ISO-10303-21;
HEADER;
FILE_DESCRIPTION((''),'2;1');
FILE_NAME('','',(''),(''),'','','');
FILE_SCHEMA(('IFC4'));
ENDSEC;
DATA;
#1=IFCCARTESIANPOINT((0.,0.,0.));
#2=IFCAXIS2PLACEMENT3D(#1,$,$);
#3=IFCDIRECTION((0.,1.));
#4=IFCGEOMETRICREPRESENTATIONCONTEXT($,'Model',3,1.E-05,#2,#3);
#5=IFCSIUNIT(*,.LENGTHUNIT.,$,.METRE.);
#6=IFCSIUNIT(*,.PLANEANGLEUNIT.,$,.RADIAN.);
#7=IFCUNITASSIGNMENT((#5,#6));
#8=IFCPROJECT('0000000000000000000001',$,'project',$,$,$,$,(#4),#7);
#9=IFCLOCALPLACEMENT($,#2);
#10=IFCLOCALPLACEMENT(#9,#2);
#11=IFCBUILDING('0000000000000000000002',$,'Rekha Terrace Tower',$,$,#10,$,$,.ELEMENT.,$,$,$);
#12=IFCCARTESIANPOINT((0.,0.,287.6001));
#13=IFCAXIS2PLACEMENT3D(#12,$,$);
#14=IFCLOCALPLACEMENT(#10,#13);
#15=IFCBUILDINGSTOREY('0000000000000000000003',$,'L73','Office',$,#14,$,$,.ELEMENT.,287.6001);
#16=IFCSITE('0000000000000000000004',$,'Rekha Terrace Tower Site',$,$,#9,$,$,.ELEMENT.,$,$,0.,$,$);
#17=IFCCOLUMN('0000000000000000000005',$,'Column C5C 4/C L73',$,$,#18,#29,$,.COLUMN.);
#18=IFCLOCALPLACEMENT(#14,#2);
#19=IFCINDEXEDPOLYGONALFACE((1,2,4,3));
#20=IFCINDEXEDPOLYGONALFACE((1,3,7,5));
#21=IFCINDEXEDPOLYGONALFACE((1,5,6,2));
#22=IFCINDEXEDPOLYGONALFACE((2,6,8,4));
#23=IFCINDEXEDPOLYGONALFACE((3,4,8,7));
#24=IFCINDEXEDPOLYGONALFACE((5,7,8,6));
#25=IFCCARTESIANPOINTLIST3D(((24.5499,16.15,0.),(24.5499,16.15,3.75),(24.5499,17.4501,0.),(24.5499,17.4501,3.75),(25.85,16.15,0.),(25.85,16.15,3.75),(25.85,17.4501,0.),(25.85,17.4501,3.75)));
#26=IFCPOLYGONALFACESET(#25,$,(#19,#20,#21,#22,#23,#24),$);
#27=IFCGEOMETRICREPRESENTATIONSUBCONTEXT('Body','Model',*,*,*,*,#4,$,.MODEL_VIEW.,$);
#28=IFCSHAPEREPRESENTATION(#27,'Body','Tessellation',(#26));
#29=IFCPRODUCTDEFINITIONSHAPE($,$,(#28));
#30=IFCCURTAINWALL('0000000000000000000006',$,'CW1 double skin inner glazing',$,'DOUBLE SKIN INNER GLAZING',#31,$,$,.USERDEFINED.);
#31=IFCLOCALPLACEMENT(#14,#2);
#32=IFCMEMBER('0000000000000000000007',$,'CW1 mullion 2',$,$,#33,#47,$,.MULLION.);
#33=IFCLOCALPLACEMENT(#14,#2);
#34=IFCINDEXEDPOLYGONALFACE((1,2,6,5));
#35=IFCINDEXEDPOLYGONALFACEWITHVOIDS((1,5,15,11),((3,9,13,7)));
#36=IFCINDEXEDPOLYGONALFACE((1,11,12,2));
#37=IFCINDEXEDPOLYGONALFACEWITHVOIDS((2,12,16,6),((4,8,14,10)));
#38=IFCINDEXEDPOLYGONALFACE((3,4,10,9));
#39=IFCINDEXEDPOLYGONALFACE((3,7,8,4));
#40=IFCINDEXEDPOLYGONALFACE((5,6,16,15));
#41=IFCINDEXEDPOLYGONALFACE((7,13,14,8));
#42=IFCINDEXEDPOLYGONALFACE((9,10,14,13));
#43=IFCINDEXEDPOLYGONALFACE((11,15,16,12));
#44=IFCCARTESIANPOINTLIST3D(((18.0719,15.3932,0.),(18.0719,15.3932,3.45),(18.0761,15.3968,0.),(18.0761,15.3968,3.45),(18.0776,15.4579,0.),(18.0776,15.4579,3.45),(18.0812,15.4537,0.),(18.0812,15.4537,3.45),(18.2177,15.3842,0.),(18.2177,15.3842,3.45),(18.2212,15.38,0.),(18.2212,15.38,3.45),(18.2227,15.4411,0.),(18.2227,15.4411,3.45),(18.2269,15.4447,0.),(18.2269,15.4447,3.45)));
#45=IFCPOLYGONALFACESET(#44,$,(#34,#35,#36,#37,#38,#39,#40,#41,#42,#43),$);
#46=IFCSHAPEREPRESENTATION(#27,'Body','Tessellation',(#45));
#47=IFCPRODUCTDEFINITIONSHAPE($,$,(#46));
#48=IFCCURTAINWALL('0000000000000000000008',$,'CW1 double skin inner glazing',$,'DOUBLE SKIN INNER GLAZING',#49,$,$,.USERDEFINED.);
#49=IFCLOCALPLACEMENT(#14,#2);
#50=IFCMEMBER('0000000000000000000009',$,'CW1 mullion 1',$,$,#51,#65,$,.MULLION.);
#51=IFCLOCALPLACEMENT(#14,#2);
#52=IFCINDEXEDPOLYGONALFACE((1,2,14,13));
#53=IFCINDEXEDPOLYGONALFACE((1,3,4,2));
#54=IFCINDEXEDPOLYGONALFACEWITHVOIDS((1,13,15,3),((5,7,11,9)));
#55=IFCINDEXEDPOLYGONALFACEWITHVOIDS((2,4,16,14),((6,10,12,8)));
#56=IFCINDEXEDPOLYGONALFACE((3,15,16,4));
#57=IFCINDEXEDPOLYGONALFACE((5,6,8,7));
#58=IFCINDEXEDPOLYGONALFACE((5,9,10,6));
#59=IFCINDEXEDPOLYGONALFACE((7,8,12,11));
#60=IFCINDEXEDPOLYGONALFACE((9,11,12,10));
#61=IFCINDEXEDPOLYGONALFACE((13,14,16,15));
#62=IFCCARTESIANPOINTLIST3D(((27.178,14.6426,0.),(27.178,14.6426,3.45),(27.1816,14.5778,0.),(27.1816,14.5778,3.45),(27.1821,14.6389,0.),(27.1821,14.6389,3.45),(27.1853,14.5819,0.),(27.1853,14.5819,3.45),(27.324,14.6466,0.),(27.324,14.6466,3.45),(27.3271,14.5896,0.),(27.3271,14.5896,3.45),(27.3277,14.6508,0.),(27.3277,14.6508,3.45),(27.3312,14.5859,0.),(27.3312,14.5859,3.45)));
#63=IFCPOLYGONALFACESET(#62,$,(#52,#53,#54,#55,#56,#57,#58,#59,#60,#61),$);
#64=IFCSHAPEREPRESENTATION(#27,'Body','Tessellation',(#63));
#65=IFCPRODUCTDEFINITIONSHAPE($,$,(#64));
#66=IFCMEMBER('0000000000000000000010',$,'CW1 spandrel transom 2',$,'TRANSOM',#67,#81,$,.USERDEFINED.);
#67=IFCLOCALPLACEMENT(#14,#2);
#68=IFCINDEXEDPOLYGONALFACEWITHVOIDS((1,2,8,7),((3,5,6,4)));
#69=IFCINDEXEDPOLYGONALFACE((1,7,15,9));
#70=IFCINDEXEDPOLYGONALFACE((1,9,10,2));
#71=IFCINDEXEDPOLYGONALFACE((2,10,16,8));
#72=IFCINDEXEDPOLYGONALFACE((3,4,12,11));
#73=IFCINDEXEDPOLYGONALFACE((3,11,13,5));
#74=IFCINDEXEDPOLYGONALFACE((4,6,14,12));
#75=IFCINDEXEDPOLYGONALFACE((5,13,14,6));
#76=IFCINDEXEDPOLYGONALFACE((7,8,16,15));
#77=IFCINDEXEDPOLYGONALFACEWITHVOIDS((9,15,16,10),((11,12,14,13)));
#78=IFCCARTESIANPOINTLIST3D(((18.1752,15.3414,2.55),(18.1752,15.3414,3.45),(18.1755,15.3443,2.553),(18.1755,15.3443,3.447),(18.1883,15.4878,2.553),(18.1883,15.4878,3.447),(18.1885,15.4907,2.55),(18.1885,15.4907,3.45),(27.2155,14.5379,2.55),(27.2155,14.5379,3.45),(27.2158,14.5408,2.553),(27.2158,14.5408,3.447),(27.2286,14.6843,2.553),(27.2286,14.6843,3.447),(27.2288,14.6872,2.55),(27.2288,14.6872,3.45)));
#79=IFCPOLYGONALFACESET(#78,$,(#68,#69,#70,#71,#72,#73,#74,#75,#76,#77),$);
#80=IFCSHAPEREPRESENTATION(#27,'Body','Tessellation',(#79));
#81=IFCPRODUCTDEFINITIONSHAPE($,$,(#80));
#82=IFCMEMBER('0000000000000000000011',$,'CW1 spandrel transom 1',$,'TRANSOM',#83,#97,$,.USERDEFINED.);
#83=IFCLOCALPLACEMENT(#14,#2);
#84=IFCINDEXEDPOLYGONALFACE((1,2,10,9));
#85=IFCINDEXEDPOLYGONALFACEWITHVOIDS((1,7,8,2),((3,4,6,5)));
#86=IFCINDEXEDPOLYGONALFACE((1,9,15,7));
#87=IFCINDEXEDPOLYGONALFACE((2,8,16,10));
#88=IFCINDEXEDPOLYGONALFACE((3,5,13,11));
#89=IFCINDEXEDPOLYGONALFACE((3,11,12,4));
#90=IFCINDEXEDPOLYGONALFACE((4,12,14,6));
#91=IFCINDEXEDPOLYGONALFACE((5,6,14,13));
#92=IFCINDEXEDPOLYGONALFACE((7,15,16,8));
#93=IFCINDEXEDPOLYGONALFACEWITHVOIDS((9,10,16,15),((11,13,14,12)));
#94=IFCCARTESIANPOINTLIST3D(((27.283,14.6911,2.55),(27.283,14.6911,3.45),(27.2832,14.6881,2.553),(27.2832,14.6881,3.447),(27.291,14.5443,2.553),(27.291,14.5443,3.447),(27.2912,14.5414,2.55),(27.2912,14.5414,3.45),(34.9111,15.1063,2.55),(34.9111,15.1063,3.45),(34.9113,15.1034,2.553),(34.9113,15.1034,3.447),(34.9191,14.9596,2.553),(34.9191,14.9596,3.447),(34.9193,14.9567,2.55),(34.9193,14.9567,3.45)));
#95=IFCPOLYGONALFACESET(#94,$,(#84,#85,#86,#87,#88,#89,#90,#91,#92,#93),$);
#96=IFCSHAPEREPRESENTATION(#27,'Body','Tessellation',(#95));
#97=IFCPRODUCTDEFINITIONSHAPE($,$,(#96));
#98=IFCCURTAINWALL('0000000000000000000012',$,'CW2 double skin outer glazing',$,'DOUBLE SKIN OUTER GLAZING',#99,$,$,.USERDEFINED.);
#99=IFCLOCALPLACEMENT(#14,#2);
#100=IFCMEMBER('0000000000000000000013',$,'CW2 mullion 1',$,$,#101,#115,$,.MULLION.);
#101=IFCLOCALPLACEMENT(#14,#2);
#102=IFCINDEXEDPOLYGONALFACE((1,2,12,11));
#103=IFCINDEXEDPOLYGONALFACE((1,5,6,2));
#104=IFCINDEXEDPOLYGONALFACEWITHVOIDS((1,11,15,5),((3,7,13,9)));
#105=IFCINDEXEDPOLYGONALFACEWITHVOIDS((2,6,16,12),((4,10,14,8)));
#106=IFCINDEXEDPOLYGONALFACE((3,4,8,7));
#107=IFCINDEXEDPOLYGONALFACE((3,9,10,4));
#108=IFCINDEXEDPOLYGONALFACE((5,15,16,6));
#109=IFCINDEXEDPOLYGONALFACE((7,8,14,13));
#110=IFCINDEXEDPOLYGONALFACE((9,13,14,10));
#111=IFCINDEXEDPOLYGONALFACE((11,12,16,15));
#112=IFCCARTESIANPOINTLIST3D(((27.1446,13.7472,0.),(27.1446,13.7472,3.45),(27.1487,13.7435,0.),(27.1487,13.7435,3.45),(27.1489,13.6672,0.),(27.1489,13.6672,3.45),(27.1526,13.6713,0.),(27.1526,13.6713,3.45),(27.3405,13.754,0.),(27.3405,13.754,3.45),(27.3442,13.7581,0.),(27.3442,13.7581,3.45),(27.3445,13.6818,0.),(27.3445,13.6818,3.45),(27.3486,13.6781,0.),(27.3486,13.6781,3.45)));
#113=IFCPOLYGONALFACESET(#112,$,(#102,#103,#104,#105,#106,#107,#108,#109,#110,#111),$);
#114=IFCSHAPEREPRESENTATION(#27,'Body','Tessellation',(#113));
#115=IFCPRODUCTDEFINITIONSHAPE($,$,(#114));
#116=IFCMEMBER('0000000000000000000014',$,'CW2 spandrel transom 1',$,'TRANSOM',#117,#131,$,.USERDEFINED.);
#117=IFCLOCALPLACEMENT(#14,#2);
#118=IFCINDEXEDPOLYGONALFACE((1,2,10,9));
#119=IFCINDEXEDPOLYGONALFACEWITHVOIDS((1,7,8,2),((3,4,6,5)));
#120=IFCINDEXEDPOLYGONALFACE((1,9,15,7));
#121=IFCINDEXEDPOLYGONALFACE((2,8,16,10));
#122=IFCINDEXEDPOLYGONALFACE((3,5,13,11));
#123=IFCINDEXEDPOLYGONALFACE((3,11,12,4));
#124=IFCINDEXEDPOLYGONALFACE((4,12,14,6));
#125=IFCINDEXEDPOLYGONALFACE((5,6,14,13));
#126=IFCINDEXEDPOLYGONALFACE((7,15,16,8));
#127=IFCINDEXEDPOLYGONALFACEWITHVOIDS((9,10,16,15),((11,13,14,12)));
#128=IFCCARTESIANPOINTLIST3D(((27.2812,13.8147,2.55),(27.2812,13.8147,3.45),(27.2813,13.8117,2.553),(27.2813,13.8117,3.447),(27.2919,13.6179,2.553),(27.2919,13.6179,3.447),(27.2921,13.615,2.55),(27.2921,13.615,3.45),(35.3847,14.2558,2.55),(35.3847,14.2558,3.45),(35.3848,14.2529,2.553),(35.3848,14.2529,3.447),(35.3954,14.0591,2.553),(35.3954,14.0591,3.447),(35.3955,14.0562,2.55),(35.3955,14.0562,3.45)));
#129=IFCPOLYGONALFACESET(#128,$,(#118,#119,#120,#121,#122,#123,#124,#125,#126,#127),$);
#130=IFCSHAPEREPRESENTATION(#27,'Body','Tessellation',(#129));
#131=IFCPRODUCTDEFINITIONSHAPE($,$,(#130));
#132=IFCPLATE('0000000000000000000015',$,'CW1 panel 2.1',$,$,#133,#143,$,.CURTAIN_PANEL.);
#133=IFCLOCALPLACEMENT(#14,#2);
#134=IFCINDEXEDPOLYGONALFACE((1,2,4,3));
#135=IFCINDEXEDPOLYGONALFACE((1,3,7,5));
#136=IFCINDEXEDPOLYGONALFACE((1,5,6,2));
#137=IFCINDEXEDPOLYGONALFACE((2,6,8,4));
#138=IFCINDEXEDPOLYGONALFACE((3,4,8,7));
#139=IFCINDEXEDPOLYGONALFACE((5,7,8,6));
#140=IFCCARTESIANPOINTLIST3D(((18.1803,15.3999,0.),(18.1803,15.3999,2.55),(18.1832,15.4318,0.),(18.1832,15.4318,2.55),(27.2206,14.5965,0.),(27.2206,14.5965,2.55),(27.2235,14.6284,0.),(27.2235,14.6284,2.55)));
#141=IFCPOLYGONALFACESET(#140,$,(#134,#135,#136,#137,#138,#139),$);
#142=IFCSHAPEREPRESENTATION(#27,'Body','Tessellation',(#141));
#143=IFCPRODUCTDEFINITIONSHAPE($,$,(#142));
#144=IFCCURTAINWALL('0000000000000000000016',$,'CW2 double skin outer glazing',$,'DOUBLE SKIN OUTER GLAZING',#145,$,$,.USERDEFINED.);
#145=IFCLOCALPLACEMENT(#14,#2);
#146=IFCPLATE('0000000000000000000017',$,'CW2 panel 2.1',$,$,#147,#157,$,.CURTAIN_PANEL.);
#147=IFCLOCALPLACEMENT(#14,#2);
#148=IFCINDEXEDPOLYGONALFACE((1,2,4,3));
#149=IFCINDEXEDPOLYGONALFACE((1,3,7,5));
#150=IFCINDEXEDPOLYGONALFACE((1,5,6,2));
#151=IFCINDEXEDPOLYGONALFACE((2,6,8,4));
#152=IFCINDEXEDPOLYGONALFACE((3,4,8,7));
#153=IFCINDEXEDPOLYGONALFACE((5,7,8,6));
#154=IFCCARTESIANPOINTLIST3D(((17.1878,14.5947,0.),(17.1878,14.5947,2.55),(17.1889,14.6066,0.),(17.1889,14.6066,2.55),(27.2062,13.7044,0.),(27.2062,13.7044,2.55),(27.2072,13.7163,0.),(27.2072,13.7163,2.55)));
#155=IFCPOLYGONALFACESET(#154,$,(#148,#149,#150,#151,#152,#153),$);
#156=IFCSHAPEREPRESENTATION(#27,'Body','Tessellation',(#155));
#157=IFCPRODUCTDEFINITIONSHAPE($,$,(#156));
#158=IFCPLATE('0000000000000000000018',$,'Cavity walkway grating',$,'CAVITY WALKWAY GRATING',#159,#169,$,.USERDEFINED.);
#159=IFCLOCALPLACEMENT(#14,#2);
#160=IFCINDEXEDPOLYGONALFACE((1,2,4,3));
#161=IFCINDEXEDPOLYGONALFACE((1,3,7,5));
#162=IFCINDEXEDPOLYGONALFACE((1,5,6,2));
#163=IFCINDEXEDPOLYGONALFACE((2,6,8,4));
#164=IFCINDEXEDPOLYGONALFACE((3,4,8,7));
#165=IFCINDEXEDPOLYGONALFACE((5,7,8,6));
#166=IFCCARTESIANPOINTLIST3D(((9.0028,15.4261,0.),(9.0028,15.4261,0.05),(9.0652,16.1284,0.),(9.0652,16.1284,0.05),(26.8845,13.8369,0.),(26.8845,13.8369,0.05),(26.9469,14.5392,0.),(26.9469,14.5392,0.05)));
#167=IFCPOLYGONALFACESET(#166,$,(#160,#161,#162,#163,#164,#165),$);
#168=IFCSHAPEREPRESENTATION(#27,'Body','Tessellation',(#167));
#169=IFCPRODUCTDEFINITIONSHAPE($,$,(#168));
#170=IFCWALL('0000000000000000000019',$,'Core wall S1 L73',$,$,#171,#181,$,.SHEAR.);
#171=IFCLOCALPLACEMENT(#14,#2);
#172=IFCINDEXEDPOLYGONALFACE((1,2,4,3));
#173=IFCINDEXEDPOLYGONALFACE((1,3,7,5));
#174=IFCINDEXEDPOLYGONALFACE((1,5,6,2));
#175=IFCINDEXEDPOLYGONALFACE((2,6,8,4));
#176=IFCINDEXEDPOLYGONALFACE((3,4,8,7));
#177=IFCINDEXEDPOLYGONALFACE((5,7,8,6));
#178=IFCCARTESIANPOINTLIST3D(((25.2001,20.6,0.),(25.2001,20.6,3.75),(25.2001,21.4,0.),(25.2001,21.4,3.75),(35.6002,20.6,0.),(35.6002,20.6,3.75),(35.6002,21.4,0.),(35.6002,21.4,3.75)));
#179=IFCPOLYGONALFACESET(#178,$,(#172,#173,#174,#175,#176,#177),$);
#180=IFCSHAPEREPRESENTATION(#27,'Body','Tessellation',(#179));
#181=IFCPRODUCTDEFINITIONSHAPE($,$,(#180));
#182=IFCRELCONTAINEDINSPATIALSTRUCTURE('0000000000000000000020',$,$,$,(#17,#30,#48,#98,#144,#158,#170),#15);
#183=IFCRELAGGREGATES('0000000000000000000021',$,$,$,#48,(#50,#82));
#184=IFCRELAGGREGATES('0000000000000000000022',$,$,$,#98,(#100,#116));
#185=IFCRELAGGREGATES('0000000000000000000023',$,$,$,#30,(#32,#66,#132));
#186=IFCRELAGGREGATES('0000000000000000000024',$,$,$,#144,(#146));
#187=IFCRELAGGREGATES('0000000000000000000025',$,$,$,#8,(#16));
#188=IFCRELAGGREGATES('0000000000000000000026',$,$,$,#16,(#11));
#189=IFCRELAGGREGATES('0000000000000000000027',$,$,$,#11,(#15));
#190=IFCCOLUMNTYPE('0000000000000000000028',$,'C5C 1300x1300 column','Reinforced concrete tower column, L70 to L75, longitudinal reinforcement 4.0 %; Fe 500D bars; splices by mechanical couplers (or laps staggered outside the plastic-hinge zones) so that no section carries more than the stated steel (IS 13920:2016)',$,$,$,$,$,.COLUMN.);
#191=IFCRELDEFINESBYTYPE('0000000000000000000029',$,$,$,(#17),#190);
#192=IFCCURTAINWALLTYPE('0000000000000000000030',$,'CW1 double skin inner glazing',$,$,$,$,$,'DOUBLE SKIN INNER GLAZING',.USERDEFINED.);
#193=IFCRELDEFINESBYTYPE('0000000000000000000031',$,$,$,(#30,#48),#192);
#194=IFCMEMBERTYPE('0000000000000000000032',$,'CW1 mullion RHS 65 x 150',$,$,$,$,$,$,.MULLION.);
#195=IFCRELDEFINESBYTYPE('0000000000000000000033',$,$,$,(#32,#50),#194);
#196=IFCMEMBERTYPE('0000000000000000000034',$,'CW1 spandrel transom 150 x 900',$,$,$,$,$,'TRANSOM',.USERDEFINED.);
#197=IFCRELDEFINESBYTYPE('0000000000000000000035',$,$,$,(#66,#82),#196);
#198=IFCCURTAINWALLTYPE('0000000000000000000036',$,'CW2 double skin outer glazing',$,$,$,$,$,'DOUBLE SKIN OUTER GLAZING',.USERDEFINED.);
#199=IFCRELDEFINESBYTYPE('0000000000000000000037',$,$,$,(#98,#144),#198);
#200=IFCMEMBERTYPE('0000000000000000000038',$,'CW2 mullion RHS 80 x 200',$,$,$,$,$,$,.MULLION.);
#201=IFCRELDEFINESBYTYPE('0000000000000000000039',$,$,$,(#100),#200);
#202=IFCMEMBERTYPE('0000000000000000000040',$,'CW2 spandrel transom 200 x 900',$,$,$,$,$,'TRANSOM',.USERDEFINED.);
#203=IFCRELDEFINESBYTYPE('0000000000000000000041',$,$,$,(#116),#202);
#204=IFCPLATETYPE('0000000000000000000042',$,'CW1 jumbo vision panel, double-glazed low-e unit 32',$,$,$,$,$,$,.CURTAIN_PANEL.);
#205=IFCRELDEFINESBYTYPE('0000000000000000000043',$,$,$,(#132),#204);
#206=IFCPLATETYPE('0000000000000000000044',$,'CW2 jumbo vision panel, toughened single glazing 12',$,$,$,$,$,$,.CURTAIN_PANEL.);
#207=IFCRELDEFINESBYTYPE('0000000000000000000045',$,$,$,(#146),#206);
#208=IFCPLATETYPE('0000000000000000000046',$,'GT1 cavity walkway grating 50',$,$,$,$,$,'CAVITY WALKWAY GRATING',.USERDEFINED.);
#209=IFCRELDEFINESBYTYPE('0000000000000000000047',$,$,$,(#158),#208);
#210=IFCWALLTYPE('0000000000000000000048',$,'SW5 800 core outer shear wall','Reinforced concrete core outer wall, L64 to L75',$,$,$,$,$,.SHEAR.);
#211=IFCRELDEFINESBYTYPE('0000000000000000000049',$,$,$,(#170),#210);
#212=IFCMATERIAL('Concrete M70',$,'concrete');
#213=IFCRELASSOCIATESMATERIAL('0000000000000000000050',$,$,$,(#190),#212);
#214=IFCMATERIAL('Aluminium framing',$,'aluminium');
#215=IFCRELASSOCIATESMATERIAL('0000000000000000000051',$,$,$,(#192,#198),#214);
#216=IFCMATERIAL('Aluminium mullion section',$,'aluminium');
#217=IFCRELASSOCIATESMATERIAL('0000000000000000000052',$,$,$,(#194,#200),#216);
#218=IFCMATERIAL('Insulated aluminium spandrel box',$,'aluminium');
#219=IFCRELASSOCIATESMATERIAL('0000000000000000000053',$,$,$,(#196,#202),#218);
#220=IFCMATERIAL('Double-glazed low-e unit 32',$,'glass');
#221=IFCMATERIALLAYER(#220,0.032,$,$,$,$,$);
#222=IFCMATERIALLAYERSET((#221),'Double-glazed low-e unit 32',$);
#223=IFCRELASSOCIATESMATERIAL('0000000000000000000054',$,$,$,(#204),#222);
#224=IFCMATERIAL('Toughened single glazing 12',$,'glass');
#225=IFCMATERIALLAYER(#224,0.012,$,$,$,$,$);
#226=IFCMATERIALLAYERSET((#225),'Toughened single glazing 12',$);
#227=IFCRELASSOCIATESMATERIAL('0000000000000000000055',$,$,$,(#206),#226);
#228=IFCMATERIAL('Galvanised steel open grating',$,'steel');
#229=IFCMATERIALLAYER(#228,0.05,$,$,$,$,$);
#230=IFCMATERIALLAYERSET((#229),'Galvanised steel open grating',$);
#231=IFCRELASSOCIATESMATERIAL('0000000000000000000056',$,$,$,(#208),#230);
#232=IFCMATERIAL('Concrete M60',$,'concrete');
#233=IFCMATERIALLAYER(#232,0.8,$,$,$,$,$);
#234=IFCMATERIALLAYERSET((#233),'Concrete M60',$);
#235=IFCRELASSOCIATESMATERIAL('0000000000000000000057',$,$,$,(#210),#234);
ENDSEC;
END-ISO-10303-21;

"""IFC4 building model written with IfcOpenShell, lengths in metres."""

from ifc_helpers import new_model, si_unit, direction, frame, frame_2d, origin, origin_2d, place, context, subcontext, project, spatial, rectangle, hollow_rectangle, extrude, material, layer, layer_set, material_profile, profile_set, type_object, element, aggregate, save


model = new_model("IFC4")

# Units and contexts
model_context = context("Model", 3, precision=1e-05, world=origin(), true_north=direction((0.0, 1.0)))
body_context = subcontext(model_context, "Body", "Model", "MODEL_VIEW")
ifc_project = project(units=[si_unit("LENGTHUNIT", "METRE"), si_unit("PLANEANGLEUNIT", "RADIAN")], contexts=[model_context])

# Site, building, storey
site_placement = place(None, origin())
site = spatial("IfcSite", under=ifc_project, at=site_placement, Name="Rekha Terrace Tower Site", CompositionType="ELEMENT", RefElevation=0.0)
building_placement = place(site_placement, origin())
building = spatial("IfcBuilding", under=site, at=building_placement, Name="Rekha Terrace Tower", CompositionType="ELEMENT")
storey_placement = place(building_placement, frame((0.0, 0.0, 287.6001)))
storey = spatial("IfcBuildingStorey", under=building, at=storey_placement, Name="L73", Description="Office", CompositionType="ELEMENT", Elevation=287.6001)

# Column
ifc_material_1 = material(Name="Concrete M70", Category="concrete")
ifc_material_profile_1 = material_profile(ifc_material_1, rectangle(XDim=1.3, YDim=1.3, at=origin_2d()), Name="RC 1300x1300")
ifc_profile_set_1 = profile_set([ifc_material_profile_1], Name="Concrete M70")
column_type = type_object("IfcColumnType", Name="C5C 1300x1300 column", Description="Reinforced concrete tower column, L70 to L75, longitudinal reinforcement 4.0 %; Fe 500D bars; splices by mechanical couplers (or laps staggered outside the plastic-hinge zones) so that no section carries more than the stated steel (IS 13920:2016)", PredefinedType="COLUMN", material=ifc_profile_set_1)
column_placement = place(storey_placement, frame((25.2, 16.8, 0.0), z_axis=(0.0, 0.0, 1.0), x_axis=(1.0, 0.0, 0.0)))
element("IfcColumn", 1, at=column_placement, inside=storey, type_object=column_type, Name="Column C5C 4/C L73", PredefinedType="COLUMN", context=body_context, shape_type="SweptSolid", body=[
    extrude(rectangle(XDim=1.3, YDim=1.3, at=origin_2d()), origin(), (0.0, 0.0, 1.0), 3.75),
])

# Curtain walls, members
ifc_material_2 = material(Name="Aluminium framing", Category="aluminium")
curtain_wall_type_1 = type_object("IfcCurtainWallType", Name="CW1 double skin inner glazing", ElementType="DOUBLE SKIN INNER GLAZING", PredefinedType="USERDEFINED", material=ifc_material_2)
curtain_wall_1_placement = place(storey_placement, origin())
curtain_wall_1 = element("IfcCurtainWall", 2, at=curtain_wall_1_placement, inside=storey, type_object=curtain_wall_type_1, Name="CW1 double skin inner glazing", ObjectType="DOUBLE SKIN INNER GLAZING", PredefinedType="USERDEFINED")
ifc_material_3 = material(Name="Aluminium mullion section", Category="aluminium")
ifc_material_profile_2 = material_profile(ifc_material_3, hollow_rectangle(XDim=0.0649, YDim=0.1499, WallThickness=0.0039, at=origin_2d()), Name="AL RHS 65x150")
ifc_profile_set_2 = profile_set([ifc_material_profile_2], Name="Aluminium mullion section")
member_type_1 = type_object("IfcMemberType", Name="CW1 mullion RHS 65 x 150", PredefinedType="MULLION", material=ifc_profile_set_2)
member_1_placement = place(storey_placement, frame((18.1494, 15.4189, 0.0), z_axis=(0.0, 0.0, 1.0), x_axis=(0.088522, 0.996074, 0.0)))
member_1 = element("IfcMember", 3, at=member_1_placement, type_object=member_type_1, Name="CW1 mullion 2", PredefinedType="MULLION", context=body_context, shape_type="SweptSolid", body=[
    extrude(hollow_rectangle(XDim=0.0649, YDim=0.1499, WallThickness=0.0039, at=origin_2d()), origin(), (0.0, 0.0, 1.0), 3.45),
])
curtain_wall_2_placement = place(storey_placement, origin())
curtain_wall_2 = element("IfcCurtainWall", 4, at=curtain_wall_2_placement, inside=storey, type_object=curtain_wall_type_1, Name="CW1 double skin inner glazing", ObjectType="DOUBLE SKIN INNER GLAZING", PredefinedType="USERDEFINED")
member_2_placement = place(storey_placement, frame((27.2546, 14.6143, 0.0), z_axis=(0.0, 0.0, 1.0), x_axis=(-0.054389, 0.99852, 0.0)))
member_2 = element("IfcMember", 5, at=member_2_placement, type_object=member_type_1, Name="CW1 mullion 1", PredefinedType="MULLION", context=body_context, shape_type="SweptSolid", body=[
    extrude(hollow_rectangle(XDim=0.0649, YDim=0.1499, WallThickness=0.0039, at=origin_2d()), origin(), (0.0, 0.0, 1.0), 3.45),
])

# Members
ifc_material_4 = material(Name="Insulated aluminium spandrel box", Category="aluminium")
ifc_material_profile_3 = material_profile(ifc_material_4, hollow_rectangle(XDim=0.1499, YDim=0.8999, WallThickness=0.0029, at=origin_2d()), Name="AL SPANDREL BOX 150x900")
ifc_profile_set_3 = profile_set([ifc_material_profile_3], Name="Insulated aluminium spandrel box")
member_type_2 = type_object("IfcMemberType", Name="CW1 spandrel transom 150 x 900", ElementType="TRANSOM", PredefinedType="USERDEFINED", material=ifc_profile_set_3)
member_3_placement = place(storey_placement, frame((18.1819, 15.416, 3.0), z_axis=(0.996074, -0.088527, 0.0), x_axis=(0.088527, 0.996074, 0.0)))
member_3 = element("IfcMember", 6, at=member_3_placement, type_object=member_type_2, Name="CW1 spandrel transom 2", ObjectType="TRANSOM", PredefinedType="USERDEFINED", context=body_context, shape_type="SweptSolid", body=[
    extrude(hollow_rectangle(XDim=0.1499, YDim=0.8999, WallThickness=0.0029, at=origin_2d()), origin(), (0.0, 0.0, 1.0), 9.0759),
])
member_4_placement = place(storey_placement, frame((27.2871, 14.6162, 3.0), z_axis=(0.998521, 0.05436, 0.0), x_axis=(-0.05436, 0.998521, 0.0)))
member_4 = element("IfcMember", 7, at=member_4_placement, type_object=member_type_2, Name="CW1 spandrel transom 1", ObjectType="TRANSOM", PredefinedType="USERDEFINED", context=body_context, shape_type="SweptSolid", body=[
    extrude(hollow_rectangle(XDim=0.1499, YDim=0.8999, WallThickness=0.0029, at=origin_2d()), origin(), (0.0, 0.0, 1.0), 7.6394),
])
aggregate(curtain_wall_2, [member_2, member_4])

# Curtain wall, members
curtain_wall_type_2 = type_object("IfcCurtainWallType", Name="CW2 double skin outer glazing", ElementType="DOUBLE SKIN OUTER GLAZING", PredefinedType="USERDEFINED", material=ifc_material_2)
curtain_wall_3_placement = place(storey_placement, origin())
curtain_wall_3 = element("IfcCurtainWall", 8, at=curtain_wall_3_placement, inside=storey, type_object=curtain_wall_type_2, Name="CW2 double skin outer glazing", ObjectType="DOUBLE SKIN OUTER GLAZING", PredefinedType="USERDEFINED")
ifc_material_profile_4 = material_profile(ifc_material_3, hollow_rectangle(XDim=0.0801, YDim=0.2, WallThickness=0.0039, at=origin_2d()), Name="AL RHS 80x200")
ifc_profile_set_4 = profile_set([ifc_material_profile_4], Name="Aluminium mullion section")
member_type_3 = type_object("IfcMemberType", Name="CW2 mullion RHS 80 x 200", PredefinedType="MULLION", material=ifc_profile_set_4)
member_5_placement = place(storey_placement, frame((27.2466, 13.7126, 0.0), z_axis=(0.0, 0.0, 1.0), x_axis=(-0.054389, 0.99852, 0.0)))
member_5 = element("IfcMember", 9, at=member_5_placement, type_object=member_type_3, Name="CW2 mullion 1", PredefinedType="MULLION", context=body_context, shape_type="SweptSolid", body=[
    extrude(hollow_rectangle(XDim=0.0801, YDim=0.2, WallThickness=0.0039, at=origin_2d()), origin(), (0.0, 0.0, 1.0), 3.45),
])
ifc_material_profile_5 = material_profile(ifc_material_4, hollow_rectangle(XDim=0.2, YDim=0.8999, WallThickness=0.0029, at=origin_2d()), Name="AL SPANDREL BOX 200x900")
ifc_profile_set_5 = profile_set([ifc_material_profile_5], Name="Insulated aluminium spandrel box")
member_type_4 = type_object("IfcMemberType", Name="CW2 spandrel transom 200 x 900", ElementType="TRANSOM", PredefinedType="USERDEFINED", material=ifc_profile_set_5)
member_6_placement = place(storey_placement, frame((27.2866, 13.7148, 3.0), z_axis=(0.998521, 0.05436, 0.0), x_axis=(-0.05436, 0.998521, 0.0)))
member_6 = element("IfcMember", 10, at=member_6_placement, type_object=member_type_4, Name="CW2 spandrel transom 1", ObjectType="TRANSOM", PredefinedType="USERDEFINED", context=body_context, shape_type="SweptSolid", body=[
    extrude(hollow_rectangle(XDim=0.2, YDim=0.8999, WallThickness=0.0029, at=origin_2d()), origin(), (0.0, 0.0, 1.0), 8.1155),
])
aggregate(curtain_wall_3, [member_5, member_6])

# Plate
ifc_material_5 = material(Name="Double-glazed low-e unit 32", Category="glass")
ifc_layer_1 = layer(ifc_material_5, 0.032)
ifc_layer_set_1 = layer_set([ifc_layer_1], Name="Double-glazed low-e unit 32")
plate_type_1 = type_object("IfcPlateType", Name="CW1 jumbo vision panel, double-glazed low-e unit 32", PredefinedType="CURTAIN_PANEL", material=ifc_layer_set_1)
plate_1_placement = place(storey_placement, frame((22.7019, 15.0142, 0.0), z_axis=(0.0, 0.0, 1.0), x_axis=(0.996074, -0.088522, 0.0)))
plate_1 = element("IfcPlate", 11, at=plate_1_placement, type_object=plate_type_1, Name="CW1 panel 2.1", PredefinedType="CURTAIN_PANEL", context=body_context, shape_type="SweptSolid", body=[
    extrude(rectangle(XDim=9.0759, YDim=0.032, at=origin_2d()), origin(), (0.0, 0.0, 1.0), 2.55),
])
aggregate(curtain_wall_1, [member_1, member_3, plate_1])

# Curtain wall, plate
curtain_wall_4_placement = place(storey_placement, origin())
curtain_wall_4 = element("IfcCurtainWall", 12, at=curtain_wall_4_placement, inside=storey, type_object=curtain_wall_type_2, Name="CW2 double skin outer glazing", ObjectType="DOUBLE SKIN OUTER GLAZING", PredefinedType="USERDEFINED")
ifc_material_6 = material(Name="Toughened single glazing 12", Category="glass")
ifc_layer_2 = layer(ifc_material_6, 0.012)
ifc_layer_set_2 = layer_set([ifc_layer_2], Name="Toughened single glazing 12")
plate_type_2 = type_object("IfcPlateType", Name="CW2 jumbo vision panel, toughened single glazing 12", PredefinedType="CURTAIN_PANEL", material=ifc_layer_set_2)
plate_2_placement = place(storey_placement, frame((22.1975, 14.1555, 0.0), z_axis=(0.0, 0.0, 1.0), x_axis=(0.996074, -0.088522, 0.0)))
plate_2 = element("IfcPlate", 13, at=plate_2_placement, type_object=plate_type_2, Name="CW2 panel 2.1", PredefinedType="CURTAIN_PANEL", context=body_context, shape_type="SweptSolid", body=[
    extrude(rectangle(XDim=10.0579, YDim=0.012, at=origin_2d()), origin(), (0.0, 0.0, 1.0), 2.55),
])
aggregate(curtain_wall_4, [plate_2])

# Plate
ifc_material_7 = material(Name="Galvanised steel open grating", Category="steel")
ifc_layer_3 = layer(ifc_material_7, 0.05)
ifc_layer_set_3 = layer_set([ifc_layer_3], Name="Galvanised steel open grating")
plate_type_3 = type_object("IfcPlateType", Name="GT1 cavity walkway grating 50", ElementType="CAVITY WALKWAY GRATING", PredefinedType="USERDEFINED", material=ifc_layer_set_3)
plate_3_placement = place(storey_placement, frame((17.9749, 14.9827, 0.0), z_axis=(0.0, 0.0, 1.0), x_axis=(0.996074, -0.088522, 0.0)))
element("IfcPlate", 14, at=plate_3_placement, inside=storey, type_object=plate_type_3, Name="Cavity walkway grating", ObjectType="CAVITY WALKWAY GRATING", PredefinedType="USERDEFINED", context=body_context, shape_type="SweptSolid", body=[
    extrude(rectangle(XDim=17.9521, YDim=0.7051, at=origin_2d()), origin(), (0.0, 0.0, 1.0), 0.05),
])

# Wall
ifc_material_8 = material(Name="Concrete M60", Category="concrete")
ifc_layer_4 = layer(ifc_material_8, 0.8)
ifc_layer_set_4 = layer_set([ifc_layer_4], Name="Concrete M60")
wall_type_1 = type_object("IfcWallType", Name="SW5 800 core outer shear wall", Description="Reinforced concrete core outer wall, L64 to L75", PredefinedType="SHEAR", material=ifc_layer_set_4)
wall_1_placement = place(storey_placement, frame((25.2, 21.0, 0.0), z_axis=(0.0, 0.0, 1.0), x_axis=(1.0, 0.0, 0.0)))
element("IfcWall", 15, at=wall_1_placement, inside=storey, type_object=wall_type_1, Name="Core wall S1 L73", PredefinedType="SHEAR", context=body_context, shape_type="SweptSolid", body=[
    extrude(rectangle(XDim=10.4001, YDim=0.8, at=frame_2d((5.2002, 0.0))), origin(), (0.0, 0.0, 1.0), 3.75),
])

save(model, "model.ifc")
